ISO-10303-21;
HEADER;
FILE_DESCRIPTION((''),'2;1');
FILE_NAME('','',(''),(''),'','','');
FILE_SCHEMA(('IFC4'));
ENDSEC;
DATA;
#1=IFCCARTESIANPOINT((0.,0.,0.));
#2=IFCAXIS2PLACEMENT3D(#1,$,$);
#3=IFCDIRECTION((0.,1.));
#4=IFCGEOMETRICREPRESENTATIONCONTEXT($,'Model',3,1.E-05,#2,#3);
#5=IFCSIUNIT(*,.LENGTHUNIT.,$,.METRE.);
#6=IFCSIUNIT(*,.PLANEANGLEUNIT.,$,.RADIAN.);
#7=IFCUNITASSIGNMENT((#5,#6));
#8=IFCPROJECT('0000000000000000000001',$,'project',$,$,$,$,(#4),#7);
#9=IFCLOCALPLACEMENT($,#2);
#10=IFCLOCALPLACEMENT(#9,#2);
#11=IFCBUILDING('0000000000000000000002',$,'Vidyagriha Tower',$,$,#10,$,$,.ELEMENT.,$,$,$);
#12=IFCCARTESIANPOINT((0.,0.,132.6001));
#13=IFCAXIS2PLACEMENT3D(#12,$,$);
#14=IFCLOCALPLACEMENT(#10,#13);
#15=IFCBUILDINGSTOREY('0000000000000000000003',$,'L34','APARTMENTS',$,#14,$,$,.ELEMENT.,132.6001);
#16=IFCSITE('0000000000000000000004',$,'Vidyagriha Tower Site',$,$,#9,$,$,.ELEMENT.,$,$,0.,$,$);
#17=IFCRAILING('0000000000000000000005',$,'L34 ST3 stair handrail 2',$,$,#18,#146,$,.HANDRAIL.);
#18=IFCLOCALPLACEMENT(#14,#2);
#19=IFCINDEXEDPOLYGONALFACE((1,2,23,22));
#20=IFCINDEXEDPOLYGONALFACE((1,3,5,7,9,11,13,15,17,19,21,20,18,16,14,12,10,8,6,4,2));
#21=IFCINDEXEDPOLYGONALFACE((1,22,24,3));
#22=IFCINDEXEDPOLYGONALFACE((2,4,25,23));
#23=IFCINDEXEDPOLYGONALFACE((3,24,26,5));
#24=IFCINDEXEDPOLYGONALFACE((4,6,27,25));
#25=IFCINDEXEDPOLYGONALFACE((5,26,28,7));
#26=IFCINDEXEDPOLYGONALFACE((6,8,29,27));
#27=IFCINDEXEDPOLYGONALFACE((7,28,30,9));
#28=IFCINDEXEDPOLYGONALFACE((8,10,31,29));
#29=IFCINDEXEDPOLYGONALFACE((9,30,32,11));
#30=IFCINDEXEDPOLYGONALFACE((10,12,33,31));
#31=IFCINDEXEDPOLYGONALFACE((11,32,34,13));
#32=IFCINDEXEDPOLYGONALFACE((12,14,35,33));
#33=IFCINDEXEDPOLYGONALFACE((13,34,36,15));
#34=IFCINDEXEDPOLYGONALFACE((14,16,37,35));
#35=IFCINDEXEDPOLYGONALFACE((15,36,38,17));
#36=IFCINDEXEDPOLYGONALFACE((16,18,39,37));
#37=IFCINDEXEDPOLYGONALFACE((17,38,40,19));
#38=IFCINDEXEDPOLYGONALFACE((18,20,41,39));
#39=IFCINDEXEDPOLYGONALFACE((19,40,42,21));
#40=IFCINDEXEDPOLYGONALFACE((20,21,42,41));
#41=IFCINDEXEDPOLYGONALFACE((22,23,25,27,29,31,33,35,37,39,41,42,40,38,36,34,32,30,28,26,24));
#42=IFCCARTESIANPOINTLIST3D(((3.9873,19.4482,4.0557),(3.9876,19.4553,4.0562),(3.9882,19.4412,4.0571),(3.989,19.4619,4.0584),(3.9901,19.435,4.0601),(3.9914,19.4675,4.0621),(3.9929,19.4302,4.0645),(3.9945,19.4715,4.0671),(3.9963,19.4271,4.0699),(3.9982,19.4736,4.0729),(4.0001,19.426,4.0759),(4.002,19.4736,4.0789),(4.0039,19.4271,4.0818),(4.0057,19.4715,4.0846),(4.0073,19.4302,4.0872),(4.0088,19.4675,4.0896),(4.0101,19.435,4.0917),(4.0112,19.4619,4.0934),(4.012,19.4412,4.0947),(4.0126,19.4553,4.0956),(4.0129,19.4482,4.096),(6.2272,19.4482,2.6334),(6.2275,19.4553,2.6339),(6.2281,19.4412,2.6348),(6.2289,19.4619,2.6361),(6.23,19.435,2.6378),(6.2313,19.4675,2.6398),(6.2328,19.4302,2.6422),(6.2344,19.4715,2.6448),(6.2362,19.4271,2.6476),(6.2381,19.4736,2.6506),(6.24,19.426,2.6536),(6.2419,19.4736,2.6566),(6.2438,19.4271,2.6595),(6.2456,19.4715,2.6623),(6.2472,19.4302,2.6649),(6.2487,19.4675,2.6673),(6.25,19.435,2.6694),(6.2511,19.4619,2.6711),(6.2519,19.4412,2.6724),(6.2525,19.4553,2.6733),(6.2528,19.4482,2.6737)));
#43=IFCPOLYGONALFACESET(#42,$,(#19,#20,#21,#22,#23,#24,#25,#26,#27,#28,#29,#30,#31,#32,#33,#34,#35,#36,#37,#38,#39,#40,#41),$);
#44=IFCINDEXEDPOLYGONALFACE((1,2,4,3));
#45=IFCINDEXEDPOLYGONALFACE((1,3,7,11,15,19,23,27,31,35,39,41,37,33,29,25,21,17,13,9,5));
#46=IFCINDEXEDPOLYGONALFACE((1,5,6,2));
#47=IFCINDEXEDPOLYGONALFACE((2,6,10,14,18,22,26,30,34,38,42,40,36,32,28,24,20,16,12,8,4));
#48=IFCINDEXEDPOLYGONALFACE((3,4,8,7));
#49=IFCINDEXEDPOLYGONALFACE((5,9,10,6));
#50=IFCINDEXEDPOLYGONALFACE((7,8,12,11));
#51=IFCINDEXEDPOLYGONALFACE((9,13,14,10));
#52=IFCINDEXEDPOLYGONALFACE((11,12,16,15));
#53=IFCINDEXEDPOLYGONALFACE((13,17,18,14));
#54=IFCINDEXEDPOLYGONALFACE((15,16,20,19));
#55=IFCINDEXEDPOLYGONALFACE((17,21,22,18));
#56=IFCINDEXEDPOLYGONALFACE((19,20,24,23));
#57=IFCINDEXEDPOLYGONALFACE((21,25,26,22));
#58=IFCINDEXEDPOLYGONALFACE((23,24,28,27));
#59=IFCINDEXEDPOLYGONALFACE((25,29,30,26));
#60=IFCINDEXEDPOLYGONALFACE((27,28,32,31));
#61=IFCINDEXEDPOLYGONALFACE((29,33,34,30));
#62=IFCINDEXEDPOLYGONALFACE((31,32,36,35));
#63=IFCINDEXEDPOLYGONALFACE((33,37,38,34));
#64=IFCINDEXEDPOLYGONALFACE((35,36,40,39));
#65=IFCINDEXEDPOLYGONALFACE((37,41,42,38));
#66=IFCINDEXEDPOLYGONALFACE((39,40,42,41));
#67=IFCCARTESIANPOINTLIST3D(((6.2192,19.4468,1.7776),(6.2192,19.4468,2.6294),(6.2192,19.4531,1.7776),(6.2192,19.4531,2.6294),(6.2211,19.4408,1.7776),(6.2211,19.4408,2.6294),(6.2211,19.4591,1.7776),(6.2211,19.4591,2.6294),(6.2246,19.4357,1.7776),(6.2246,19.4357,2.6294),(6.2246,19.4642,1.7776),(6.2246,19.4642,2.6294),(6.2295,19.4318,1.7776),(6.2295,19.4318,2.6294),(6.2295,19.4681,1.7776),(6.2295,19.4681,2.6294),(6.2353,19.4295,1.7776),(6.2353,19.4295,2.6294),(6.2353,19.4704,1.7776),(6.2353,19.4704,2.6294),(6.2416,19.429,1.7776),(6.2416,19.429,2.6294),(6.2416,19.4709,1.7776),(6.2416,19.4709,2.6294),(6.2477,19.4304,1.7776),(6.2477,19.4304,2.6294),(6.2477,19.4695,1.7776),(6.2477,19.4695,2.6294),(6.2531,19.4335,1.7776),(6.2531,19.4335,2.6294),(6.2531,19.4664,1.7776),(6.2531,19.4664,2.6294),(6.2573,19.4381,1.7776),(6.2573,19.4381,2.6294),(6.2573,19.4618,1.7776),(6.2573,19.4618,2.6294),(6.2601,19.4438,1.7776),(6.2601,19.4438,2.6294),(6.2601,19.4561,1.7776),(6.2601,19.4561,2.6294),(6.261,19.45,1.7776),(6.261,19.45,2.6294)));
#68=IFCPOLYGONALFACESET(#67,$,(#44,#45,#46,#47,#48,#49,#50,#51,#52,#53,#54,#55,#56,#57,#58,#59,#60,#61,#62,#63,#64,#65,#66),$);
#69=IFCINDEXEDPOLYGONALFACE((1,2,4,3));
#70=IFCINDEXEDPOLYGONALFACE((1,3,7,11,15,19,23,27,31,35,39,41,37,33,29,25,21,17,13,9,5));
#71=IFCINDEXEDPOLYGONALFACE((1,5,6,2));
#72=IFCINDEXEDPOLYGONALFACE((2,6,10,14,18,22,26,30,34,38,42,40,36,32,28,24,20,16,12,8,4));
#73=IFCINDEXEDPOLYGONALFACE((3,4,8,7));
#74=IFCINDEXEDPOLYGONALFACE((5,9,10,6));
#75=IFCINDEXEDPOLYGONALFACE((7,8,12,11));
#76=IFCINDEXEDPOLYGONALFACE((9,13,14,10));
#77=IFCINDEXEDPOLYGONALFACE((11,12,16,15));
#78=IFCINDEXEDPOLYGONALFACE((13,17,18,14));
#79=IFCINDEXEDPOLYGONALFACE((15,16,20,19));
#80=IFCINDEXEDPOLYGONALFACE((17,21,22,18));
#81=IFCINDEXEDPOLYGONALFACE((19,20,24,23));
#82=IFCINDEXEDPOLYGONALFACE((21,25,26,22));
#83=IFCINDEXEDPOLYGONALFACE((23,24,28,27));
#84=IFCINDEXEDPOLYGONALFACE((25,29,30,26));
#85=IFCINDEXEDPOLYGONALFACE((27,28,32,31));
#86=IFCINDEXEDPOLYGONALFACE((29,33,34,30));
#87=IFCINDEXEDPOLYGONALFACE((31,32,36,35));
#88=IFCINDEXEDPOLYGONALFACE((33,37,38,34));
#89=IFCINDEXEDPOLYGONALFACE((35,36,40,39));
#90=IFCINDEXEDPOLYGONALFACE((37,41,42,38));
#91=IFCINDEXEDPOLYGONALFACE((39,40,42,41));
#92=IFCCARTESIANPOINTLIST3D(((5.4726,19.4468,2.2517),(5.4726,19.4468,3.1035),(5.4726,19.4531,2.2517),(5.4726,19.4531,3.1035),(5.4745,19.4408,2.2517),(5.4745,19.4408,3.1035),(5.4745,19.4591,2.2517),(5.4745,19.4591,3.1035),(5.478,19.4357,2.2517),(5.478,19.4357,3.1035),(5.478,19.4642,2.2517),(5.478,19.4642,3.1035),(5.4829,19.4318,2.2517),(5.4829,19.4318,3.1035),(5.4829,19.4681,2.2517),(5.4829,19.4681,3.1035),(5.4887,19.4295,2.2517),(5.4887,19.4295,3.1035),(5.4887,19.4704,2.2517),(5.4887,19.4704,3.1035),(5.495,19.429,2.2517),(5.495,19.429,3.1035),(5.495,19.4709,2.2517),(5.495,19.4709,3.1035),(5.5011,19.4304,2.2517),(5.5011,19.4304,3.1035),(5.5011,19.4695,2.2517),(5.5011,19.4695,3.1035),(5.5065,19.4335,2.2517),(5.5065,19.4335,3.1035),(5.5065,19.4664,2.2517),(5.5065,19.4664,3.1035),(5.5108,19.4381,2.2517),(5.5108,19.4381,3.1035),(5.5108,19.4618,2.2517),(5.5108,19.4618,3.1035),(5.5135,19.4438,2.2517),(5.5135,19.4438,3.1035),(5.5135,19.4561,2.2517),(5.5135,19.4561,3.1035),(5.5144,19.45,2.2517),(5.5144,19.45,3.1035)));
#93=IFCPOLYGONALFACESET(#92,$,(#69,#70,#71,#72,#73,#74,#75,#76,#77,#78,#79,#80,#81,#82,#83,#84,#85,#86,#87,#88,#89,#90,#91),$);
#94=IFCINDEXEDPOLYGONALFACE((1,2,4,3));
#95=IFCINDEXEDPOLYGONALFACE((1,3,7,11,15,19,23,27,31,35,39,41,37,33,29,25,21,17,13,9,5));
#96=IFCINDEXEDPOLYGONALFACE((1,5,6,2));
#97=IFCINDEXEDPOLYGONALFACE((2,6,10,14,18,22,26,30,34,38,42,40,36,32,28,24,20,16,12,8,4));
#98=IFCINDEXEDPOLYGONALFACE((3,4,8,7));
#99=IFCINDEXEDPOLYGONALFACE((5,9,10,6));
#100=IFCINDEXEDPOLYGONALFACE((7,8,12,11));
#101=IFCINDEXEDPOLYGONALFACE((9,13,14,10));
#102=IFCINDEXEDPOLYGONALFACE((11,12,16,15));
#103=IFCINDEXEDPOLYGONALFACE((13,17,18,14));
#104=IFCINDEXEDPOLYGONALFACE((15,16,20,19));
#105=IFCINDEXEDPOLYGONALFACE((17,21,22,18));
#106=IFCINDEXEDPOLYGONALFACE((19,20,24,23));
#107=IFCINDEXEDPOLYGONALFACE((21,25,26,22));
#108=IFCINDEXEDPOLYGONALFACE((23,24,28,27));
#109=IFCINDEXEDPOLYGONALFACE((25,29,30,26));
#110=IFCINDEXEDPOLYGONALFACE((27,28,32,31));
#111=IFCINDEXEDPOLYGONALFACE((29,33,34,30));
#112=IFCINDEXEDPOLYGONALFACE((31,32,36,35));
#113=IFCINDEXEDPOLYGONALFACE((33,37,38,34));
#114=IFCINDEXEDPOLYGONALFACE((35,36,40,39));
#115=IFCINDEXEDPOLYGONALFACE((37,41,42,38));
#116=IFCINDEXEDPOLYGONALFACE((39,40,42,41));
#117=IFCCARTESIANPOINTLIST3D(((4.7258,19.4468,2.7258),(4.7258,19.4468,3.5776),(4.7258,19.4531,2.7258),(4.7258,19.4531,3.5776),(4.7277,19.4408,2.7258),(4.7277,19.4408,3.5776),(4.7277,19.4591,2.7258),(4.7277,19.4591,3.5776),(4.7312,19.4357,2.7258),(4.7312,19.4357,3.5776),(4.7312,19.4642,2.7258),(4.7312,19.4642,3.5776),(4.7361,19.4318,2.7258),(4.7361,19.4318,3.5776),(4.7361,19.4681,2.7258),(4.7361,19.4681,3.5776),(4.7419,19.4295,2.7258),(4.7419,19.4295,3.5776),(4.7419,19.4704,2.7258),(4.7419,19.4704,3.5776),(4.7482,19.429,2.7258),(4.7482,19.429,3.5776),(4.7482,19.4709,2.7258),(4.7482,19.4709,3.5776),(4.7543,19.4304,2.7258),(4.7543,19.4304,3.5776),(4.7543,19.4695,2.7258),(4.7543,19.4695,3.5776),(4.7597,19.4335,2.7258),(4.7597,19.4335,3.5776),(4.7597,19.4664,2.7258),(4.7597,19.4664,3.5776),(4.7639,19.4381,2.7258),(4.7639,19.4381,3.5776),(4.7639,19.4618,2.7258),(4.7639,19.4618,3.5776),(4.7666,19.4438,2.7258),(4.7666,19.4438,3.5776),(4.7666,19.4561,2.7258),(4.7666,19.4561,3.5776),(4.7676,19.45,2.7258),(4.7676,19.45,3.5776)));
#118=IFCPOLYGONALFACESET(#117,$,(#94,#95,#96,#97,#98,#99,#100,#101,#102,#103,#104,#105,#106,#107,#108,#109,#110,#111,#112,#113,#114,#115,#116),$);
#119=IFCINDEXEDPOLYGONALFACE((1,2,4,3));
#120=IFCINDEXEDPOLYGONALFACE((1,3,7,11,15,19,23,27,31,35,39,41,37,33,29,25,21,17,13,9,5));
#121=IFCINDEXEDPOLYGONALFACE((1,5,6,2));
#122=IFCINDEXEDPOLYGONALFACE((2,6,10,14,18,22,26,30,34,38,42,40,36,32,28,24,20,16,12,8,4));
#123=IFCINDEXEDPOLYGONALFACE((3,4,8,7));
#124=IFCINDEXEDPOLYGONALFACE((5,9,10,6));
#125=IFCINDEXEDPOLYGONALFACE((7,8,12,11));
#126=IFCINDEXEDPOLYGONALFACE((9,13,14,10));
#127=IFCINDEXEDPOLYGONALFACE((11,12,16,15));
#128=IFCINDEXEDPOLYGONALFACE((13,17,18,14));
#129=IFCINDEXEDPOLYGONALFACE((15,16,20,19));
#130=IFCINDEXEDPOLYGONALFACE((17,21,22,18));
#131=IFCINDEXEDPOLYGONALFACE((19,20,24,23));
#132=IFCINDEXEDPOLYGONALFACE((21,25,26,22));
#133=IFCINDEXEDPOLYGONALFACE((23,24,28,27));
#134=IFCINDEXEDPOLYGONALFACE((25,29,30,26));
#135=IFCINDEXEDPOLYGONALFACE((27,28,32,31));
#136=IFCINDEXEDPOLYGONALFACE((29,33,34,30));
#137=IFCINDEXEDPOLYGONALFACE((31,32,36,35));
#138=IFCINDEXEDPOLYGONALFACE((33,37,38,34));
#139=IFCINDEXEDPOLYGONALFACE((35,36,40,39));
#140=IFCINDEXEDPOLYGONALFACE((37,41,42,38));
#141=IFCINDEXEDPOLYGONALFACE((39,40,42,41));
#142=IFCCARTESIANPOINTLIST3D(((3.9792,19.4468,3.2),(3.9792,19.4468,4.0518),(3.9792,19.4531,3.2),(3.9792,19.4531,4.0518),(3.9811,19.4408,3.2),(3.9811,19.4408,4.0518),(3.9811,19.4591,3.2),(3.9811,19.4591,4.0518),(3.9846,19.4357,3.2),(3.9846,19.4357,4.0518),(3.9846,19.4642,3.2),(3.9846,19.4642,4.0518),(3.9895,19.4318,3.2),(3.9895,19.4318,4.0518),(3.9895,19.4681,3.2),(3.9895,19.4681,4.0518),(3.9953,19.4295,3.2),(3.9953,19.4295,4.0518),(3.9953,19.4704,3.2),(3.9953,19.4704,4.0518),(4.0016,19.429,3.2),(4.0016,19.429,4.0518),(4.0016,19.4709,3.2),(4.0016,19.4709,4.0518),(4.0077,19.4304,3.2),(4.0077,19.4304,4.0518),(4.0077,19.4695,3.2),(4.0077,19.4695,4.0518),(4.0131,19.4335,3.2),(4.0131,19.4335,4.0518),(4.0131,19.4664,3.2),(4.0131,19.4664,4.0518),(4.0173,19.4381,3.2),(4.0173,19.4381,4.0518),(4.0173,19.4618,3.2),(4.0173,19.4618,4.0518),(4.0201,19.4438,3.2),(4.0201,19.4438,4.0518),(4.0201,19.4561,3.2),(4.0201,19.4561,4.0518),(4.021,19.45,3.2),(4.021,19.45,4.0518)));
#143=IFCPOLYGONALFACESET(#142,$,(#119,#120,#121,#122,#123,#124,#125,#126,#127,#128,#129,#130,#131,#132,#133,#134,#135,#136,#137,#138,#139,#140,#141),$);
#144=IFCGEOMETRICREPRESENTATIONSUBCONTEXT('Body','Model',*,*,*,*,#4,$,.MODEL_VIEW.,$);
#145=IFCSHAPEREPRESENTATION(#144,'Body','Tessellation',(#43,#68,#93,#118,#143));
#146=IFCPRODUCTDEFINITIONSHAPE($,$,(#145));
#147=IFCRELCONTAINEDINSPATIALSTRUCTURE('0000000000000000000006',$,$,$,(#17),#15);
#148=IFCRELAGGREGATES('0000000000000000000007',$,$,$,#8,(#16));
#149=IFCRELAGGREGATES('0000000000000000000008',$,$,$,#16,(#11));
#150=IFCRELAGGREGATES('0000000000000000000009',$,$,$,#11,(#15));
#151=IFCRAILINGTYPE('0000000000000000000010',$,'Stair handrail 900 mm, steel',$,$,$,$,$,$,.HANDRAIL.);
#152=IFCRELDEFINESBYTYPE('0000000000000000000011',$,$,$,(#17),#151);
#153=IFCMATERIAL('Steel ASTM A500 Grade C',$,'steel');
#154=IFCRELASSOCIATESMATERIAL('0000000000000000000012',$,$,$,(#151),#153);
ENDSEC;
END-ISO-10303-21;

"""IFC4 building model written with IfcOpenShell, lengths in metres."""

from ifc_helpers import new_model, si_unit, direction, frame, origin, origin_2d, place, context, subcontext, project, spatial, circle, extrude, material, type_object, element, save


model = new_model("IFC4")

# Units and contexts
model_context = context("Model", 3, precision=1e-05, world=origin(), true_north=direction((0.0, 1.0)))
body_context = subcontext(model_context, "Body", "Model", "MODEL_VIEW")
ifc_project = project(units=[si_unit("LENGTHUNIT", "METRE"), si_unit("PLANEANGLEUNIT", "RADIAN")], contexts=[model_context])

# Site, building, storey
site_placement = place(None, origin())
site = spatial("IfcSite", under=ifc_project, at=site_placement, Name="Vidyagriha Tower Site", CompositionType="ELEMENT", RefElevation=0.0)
building_placement = place(site_placement, origin())
building = spatial("IfcBuilding", under=site, at=building_placement, Name="Vidyagriha Tower", CompositionType="ELEMENT")
storey_placement = place(building_placement, frame((0.0, 0.0, 132.6001)))
storey = spatial("IfcBuildingStorey", under=building, at=storey_placement, Name="L34", Description="APARTMENTS", CompositionType="ELEMENT", Elevation=132.6001)

# Railing
ifc_material_1 = material(Name="Steel ASTM A500 Grade C", Category="steel")
railing_type_1 = type_object("IfcRailingType", Name="Stair handrail 900 mm, steel", PredefinedType="HANDRAIL", material=ifc_material_1)
railing_1_placement = place(storey_placement, frame((6.24, 19.45, 1.7776)))
element("IfcRailing", 1, at=railing_1_placement, inside=storey, type_object=railing_type_1, Name="L34 ST3 stair handrail 2", PredefinedType="HANDRAIL", context=body_context, shape_type="SweptSolid", body=[
    extrude(circle(Radius=0.0239, at=origin_2d()), frame((0.0, 0.0, 0.876), z_axis=(-0.844188, 0.0, 0.536048), x_axis=(0.0, -1.0, 0.0)), (0.0, 0.0, 1.0), 2.6533),
    extrude(circle(Radius=0.021, at=origin_2d()), origin(), (0.0, 0.0, 1.0), 0.8518),
    extrude(circle(Radius=0.021, at=origin_2d()), frame((-0.7466, 0.0, 0.4741)), (0.0, 0.0, 1.0), 0.8518),
    extrude(circle(Radius=0.021, at=origin_2d()), frame((-1.4934, 0.0, 0.9482)), (0.0, 0.0, 1.0), 0.8518),
    extrude(circle(Radius=0.021, at=origin_2d()), frame((-2.24, 0.0, 1.4224)), (0.0, 0.0, 1.0), 0.8518),
])

save(model, "model.ifc")
